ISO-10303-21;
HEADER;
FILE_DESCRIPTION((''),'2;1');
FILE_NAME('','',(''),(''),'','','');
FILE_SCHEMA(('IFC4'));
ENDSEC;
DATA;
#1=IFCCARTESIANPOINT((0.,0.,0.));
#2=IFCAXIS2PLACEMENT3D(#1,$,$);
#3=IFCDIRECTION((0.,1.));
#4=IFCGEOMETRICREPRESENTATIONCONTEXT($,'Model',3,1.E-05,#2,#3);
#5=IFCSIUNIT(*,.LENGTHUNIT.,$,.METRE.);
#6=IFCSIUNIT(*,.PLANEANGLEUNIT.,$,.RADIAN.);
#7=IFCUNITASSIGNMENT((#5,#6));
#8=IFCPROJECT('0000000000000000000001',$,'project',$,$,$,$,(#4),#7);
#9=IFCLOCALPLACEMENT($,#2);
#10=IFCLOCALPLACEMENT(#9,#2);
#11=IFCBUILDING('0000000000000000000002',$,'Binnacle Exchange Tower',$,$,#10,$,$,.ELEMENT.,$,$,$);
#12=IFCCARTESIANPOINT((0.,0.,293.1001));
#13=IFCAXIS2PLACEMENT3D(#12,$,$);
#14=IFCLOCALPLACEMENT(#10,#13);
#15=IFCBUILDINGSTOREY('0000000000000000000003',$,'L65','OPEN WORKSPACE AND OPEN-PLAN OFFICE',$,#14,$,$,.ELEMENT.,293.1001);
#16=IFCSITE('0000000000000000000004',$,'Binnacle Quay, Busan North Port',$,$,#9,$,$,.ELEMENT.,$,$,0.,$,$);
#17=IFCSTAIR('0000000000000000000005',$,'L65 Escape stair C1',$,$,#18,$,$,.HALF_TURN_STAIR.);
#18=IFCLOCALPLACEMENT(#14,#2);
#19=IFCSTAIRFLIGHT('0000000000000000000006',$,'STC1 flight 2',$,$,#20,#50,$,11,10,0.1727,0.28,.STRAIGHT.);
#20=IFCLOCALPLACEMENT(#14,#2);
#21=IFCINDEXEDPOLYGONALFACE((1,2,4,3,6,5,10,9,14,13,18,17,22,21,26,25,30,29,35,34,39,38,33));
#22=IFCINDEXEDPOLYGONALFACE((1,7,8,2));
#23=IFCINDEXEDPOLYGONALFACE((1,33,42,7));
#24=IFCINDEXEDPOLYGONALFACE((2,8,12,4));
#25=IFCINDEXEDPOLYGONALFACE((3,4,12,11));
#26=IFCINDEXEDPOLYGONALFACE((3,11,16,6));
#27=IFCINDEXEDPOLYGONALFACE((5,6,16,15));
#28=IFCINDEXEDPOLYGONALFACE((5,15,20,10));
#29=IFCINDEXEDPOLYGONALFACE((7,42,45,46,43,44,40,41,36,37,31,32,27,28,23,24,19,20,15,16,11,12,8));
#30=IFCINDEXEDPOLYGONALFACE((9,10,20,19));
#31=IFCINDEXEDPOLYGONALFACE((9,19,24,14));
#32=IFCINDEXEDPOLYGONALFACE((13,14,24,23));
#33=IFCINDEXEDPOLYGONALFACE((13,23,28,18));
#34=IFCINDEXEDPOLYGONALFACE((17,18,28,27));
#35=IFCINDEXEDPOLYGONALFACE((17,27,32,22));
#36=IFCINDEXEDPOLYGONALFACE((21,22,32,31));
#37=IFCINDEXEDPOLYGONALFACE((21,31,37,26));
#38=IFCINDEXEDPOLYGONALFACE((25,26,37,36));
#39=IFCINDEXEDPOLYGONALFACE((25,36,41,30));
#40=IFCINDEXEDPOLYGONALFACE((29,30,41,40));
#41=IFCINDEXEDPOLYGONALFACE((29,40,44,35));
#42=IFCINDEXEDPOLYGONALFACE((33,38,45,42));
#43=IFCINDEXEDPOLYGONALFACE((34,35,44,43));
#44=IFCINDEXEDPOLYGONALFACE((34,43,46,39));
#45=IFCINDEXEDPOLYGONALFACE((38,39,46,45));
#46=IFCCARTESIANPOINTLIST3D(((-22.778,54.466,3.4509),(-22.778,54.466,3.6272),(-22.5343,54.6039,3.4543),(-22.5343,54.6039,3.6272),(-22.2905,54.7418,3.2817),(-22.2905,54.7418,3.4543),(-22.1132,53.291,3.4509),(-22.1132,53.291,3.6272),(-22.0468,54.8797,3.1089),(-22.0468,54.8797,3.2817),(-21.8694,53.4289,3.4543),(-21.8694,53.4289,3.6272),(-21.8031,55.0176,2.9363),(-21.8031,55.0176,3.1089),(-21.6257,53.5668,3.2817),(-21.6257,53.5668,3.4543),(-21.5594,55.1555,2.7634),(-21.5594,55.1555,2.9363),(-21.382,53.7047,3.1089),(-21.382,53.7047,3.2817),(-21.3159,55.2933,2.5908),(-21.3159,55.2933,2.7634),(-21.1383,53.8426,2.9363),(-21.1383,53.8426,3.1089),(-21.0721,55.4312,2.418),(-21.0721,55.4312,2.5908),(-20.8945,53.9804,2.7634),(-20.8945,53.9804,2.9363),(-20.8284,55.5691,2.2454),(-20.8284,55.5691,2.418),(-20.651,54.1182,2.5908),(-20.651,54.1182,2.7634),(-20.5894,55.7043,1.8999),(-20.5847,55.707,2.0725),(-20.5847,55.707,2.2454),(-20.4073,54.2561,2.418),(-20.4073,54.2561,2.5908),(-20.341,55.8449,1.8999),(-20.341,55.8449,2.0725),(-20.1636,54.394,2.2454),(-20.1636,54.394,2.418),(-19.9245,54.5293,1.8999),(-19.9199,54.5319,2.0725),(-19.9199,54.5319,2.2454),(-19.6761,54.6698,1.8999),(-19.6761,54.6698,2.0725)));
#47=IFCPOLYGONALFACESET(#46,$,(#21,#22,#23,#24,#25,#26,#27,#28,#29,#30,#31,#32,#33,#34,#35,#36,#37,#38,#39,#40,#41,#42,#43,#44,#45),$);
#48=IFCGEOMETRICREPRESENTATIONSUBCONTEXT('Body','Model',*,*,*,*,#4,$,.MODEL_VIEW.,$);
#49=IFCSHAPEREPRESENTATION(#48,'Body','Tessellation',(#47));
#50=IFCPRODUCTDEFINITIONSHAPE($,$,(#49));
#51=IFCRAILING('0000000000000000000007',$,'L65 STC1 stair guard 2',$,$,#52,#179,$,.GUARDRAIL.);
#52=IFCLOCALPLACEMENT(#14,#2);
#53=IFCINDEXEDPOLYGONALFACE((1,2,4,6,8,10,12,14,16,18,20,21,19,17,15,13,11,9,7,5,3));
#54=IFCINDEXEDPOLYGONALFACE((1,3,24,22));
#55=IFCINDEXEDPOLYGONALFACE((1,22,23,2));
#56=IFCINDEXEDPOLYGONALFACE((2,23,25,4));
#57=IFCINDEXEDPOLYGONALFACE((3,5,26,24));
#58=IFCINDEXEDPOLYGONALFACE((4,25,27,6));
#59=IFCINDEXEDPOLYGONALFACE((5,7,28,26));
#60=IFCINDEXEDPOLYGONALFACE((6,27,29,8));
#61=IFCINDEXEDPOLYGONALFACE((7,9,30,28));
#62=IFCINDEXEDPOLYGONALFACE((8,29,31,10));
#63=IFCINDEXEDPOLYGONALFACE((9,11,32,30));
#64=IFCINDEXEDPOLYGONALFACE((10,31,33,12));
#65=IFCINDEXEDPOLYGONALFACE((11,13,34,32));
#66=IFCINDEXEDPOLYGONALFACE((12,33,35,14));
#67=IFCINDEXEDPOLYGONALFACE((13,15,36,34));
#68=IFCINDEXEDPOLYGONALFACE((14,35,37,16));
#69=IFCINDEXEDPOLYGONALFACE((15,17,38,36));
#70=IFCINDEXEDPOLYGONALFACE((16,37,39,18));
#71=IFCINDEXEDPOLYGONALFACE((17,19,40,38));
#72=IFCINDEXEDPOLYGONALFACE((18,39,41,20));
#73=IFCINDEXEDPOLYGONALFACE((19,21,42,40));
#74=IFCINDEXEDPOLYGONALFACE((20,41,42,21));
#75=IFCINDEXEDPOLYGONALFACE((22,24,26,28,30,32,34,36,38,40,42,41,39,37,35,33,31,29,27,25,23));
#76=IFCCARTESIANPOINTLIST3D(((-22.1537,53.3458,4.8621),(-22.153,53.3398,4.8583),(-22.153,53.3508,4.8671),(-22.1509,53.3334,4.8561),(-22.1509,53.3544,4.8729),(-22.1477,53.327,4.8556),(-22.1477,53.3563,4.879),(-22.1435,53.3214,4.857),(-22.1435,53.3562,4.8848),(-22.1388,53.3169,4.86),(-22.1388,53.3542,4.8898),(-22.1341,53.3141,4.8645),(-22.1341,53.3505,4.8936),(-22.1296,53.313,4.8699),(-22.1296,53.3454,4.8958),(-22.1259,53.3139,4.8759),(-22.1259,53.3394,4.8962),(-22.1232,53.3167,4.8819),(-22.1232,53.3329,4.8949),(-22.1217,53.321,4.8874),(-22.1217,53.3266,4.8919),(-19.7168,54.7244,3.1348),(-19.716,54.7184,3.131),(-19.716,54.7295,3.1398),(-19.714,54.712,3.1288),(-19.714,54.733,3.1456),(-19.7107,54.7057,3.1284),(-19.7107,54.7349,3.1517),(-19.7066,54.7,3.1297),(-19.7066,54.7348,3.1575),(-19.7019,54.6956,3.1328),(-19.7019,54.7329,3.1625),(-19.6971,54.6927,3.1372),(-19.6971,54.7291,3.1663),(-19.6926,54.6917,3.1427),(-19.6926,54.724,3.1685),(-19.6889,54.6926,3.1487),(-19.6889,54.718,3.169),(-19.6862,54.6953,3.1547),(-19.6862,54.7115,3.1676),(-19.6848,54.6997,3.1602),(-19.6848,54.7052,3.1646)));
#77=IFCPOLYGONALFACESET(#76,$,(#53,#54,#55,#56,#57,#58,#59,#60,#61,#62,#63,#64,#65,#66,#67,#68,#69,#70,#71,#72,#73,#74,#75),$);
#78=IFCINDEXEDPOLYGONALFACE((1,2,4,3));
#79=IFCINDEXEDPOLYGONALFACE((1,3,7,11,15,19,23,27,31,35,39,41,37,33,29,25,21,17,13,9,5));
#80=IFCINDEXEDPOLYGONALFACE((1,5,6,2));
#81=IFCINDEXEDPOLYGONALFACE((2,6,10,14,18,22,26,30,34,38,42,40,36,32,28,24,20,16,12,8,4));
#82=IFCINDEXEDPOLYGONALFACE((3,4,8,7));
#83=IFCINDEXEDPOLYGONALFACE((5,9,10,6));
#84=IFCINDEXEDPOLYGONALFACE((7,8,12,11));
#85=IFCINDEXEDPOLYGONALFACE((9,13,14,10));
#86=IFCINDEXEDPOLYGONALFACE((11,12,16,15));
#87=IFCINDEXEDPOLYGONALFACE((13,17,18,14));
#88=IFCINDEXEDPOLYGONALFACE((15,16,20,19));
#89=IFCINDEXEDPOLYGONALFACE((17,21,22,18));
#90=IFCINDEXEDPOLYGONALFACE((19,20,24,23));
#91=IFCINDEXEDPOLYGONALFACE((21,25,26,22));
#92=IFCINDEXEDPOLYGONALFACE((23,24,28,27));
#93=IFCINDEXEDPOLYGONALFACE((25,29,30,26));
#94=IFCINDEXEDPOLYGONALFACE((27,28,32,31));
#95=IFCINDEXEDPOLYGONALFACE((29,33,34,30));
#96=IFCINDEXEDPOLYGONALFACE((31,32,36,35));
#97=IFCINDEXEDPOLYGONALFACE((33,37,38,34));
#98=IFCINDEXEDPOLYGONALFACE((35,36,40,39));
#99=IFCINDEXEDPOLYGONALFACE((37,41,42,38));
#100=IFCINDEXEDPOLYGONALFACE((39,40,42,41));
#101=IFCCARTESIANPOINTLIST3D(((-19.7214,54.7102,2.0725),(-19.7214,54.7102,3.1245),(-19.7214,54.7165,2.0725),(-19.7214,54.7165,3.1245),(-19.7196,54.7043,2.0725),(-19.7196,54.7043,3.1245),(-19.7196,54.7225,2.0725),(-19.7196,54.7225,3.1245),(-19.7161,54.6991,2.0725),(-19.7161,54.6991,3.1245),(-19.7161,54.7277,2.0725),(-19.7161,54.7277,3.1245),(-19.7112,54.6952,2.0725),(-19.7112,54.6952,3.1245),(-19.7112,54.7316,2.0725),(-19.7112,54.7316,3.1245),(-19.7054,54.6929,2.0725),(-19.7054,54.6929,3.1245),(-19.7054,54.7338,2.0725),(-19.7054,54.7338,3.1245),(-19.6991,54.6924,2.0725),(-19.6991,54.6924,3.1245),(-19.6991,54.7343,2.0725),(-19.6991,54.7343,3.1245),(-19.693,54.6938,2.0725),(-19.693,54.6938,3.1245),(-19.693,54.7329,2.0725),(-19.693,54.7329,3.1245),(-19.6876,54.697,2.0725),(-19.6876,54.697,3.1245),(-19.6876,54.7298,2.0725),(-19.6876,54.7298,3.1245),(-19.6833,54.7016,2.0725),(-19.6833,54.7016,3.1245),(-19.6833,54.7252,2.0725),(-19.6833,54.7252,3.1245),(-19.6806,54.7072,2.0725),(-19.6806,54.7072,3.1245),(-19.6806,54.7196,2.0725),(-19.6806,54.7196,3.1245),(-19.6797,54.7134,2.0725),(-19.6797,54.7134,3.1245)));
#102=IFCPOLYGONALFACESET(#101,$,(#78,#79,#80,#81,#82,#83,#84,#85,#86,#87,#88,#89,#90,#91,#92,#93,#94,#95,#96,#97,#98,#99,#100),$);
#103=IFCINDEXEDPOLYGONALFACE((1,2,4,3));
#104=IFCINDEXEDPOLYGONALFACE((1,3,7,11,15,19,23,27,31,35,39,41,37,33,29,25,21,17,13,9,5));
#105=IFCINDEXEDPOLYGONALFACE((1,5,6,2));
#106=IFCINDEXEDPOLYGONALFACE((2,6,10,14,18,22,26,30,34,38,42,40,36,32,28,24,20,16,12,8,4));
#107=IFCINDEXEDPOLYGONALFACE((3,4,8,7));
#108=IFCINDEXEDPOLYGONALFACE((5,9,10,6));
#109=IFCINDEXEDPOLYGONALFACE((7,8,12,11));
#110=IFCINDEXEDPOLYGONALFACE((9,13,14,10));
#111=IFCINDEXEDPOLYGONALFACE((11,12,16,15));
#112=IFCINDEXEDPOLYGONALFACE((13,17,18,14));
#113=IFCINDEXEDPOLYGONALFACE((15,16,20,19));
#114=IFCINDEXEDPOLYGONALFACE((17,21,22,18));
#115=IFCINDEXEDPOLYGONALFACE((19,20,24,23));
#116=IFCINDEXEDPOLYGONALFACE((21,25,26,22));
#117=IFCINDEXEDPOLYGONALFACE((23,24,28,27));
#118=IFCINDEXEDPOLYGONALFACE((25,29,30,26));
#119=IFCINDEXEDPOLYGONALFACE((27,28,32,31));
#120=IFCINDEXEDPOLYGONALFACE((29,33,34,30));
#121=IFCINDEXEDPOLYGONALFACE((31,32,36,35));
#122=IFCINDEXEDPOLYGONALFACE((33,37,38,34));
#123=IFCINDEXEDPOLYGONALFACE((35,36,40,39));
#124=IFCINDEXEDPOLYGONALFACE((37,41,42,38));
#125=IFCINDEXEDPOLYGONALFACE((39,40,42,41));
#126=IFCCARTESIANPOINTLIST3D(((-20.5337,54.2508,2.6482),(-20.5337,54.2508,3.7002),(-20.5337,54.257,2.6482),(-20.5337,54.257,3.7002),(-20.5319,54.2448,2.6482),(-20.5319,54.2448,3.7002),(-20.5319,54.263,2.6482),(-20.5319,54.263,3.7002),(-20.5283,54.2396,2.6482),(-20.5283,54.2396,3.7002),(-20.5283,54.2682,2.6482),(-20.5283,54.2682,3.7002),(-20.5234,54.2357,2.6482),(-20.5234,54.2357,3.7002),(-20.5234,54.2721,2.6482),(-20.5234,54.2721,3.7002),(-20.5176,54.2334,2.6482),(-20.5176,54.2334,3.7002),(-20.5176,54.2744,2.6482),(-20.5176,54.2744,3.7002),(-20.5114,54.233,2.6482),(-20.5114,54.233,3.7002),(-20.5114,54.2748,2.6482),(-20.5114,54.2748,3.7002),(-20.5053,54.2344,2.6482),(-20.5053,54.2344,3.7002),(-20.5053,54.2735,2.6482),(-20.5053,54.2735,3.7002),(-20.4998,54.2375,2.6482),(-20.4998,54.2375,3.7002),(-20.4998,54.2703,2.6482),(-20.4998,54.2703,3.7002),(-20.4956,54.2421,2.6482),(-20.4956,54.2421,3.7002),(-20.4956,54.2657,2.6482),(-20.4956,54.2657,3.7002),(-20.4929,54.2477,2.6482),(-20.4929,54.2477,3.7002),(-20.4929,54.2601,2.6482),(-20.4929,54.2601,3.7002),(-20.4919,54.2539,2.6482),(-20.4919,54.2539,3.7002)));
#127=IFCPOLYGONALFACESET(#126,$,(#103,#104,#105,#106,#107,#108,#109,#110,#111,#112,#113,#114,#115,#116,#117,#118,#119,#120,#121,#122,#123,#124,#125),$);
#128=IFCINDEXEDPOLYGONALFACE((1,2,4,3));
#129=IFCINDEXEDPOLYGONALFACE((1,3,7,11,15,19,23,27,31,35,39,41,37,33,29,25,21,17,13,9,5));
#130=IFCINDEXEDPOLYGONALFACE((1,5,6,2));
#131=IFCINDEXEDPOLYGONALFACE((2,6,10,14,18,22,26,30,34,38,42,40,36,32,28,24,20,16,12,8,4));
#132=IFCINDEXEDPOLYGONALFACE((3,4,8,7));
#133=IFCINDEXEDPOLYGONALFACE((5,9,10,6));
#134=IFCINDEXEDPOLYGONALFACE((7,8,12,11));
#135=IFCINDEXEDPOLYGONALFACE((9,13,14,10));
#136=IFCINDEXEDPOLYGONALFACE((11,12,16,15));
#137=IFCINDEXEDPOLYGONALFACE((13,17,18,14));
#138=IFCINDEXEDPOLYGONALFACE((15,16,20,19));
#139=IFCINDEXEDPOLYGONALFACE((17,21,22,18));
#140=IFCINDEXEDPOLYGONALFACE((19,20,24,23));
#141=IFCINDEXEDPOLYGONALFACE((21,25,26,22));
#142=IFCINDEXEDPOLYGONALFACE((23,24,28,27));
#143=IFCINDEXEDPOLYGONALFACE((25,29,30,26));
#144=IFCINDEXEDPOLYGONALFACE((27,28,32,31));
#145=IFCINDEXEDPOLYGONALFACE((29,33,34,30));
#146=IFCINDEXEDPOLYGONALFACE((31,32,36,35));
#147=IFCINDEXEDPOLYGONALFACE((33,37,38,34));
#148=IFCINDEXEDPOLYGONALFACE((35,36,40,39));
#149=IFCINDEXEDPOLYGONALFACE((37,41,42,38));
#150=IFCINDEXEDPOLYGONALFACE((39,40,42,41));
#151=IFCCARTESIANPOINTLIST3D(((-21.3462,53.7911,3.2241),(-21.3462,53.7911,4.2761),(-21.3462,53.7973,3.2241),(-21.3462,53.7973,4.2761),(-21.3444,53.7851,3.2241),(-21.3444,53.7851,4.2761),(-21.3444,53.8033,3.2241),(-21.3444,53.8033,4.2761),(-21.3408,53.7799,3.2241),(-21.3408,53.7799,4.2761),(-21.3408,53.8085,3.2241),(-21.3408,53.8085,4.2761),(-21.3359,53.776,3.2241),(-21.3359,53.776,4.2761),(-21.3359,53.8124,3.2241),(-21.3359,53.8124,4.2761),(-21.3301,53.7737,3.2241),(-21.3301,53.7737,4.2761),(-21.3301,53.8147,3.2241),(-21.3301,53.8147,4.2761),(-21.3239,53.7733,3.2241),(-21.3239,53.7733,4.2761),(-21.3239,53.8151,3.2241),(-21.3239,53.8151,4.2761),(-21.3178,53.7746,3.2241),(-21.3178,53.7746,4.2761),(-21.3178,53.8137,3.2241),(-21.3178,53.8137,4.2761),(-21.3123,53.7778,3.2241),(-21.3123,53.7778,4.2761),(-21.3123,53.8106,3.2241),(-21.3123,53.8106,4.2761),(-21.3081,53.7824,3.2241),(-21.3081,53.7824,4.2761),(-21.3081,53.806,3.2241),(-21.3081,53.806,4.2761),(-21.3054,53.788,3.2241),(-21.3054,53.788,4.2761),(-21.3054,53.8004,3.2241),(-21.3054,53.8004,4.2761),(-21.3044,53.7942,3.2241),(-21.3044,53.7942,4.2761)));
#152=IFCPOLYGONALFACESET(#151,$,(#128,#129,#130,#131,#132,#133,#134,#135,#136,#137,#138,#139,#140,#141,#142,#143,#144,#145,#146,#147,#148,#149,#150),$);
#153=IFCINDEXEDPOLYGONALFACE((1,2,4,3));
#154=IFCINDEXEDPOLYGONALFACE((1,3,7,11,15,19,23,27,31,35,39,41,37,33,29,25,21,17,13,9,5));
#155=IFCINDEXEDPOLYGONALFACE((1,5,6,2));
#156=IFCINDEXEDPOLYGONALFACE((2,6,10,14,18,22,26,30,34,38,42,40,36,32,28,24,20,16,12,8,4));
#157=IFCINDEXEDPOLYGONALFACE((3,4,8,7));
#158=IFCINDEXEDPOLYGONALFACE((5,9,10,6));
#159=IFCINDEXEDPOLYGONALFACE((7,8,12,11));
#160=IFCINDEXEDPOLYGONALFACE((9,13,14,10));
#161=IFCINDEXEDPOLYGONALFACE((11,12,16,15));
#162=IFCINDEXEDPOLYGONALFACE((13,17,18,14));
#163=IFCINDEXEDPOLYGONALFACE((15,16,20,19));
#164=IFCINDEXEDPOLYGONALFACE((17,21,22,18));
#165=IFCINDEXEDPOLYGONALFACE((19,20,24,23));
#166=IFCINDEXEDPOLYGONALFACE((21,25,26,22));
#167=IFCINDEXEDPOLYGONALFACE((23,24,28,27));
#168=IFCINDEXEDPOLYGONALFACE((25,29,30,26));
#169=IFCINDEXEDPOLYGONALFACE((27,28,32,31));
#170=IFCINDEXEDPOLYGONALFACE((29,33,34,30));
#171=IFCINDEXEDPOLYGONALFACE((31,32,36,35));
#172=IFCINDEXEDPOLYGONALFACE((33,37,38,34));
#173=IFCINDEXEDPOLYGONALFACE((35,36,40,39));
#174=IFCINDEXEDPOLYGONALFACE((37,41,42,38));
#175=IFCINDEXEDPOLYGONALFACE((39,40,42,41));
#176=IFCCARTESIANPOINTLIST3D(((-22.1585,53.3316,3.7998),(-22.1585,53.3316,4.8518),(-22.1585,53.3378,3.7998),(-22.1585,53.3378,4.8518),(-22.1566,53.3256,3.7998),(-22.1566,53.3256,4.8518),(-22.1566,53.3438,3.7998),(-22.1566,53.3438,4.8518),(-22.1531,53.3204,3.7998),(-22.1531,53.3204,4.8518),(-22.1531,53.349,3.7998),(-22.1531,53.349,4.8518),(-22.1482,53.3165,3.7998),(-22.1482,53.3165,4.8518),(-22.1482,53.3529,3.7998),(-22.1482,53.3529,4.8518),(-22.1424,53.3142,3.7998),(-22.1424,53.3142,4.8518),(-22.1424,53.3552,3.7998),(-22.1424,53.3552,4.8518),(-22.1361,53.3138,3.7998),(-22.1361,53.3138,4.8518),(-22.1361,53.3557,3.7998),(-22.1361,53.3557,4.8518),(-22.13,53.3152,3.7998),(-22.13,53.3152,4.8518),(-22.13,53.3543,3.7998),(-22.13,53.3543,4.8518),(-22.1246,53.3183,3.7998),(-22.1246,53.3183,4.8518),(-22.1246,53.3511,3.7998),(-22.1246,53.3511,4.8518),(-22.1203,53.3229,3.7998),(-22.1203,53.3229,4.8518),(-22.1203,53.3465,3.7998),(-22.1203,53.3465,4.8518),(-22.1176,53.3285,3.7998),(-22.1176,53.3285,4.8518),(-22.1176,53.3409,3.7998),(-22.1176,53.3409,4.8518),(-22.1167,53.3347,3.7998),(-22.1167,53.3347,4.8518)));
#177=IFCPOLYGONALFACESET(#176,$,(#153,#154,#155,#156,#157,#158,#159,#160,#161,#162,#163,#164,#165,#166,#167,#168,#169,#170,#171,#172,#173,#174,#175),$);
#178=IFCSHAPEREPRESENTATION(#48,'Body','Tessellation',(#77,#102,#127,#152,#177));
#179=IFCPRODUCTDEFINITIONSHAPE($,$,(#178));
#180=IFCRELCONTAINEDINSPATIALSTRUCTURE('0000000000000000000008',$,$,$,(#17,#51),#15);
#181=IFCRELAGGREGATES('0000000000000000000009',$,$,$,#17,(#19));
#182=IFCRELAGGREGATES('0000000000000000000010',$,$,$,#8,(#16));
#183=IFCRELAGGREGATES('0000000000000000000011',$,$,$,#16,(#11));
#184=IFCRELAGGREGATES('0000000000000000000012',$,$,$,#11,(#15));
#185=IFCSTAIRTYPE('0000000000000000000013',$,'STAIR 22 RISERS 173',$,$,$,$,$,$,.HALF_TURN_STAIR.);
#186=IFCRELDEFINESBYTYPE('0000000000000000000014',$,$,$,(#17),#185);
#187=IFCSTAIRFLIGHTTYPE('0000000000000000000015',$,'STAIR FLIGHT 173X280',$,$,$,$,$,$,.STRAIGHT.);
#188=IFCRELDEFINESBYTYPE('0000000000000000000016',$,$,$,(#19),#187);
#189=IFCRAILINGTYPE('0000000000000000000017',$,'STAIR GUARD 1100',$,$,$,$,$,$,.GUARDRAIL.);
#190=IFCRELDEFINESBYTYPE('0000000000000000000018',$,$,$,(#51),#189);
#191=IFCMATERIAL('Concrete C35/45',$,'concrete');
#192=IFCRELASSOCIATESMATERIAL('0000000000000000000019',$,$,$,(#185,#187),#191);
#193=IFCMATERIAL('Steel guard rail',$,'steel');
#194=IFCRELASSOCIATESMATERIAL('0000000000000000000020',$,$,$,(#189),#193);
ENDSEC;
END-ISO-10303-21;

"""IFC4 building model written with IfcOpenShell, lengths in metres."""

from ifc_helpers import new_model, si_unit, direction, frame, origin, origin_2d, place, context, subcontext, project, spatial, polyline, circle, outline, extrude, material, type_object, element, aggregate, save


model = new_model("IFC4")

# Units and contexts
model_context = context("Model", 3, precision=1e-05, world=origin(), true_north=direction((0.0, 1.0)))
body_context = subcontext(model_context, "Body", "Model", "MODEL_VIEW")
ifc_project = project(units=[si_unit("LENGTHUNIT", "METRE"), si_unit("PLANEANGLEUNIT", "RADIAN")], contexts=[model_context])

# Site, building, storey
site_placement = place(None, origin())
site = spatial("IfcSite", under=ifc_project, at=site_placement, Name="Binnacle Quay, Busan North Port", CompositionType="ELEMENT", RefElevation=0.0)
building_placement = place(site_placement, origin())
building = spatial("IfcBuilding", under=site, at=building_placement, Name="Binnacle Exchange Tower", CompositionType="ELEMENT")
storey_placement = place(building_placement, frame((0.0, 0.0, 293.1001)))
storey = spatial("IfcBuildingStorey", under=building, at=storey_placement, Name="L65", Description="OPEN WORKSPACE AND OPEN-PLAN OFFICE", CompositionType="ELEMENT", Elevation=293.1001)

# Stair, stair flight
ifc_material_1 = material(Name="Concrete C35/45", Category="concrete")
stair_type = type_object("IfcStairType", Name="STAIR 22 RISERS 173", PredefinedType="HALF_TURN_STAIR", material=ifc_material_1)
stair_placement = place(storey_placement, origin())
stair = element("IfcStair", 1, at=stair_placement, inside=storey, type_object=stair_type, Name="L65 Escape stair C1", PredefinedType="HALF_TURN_STAIR")
stair_flight_type = type_object("IfcStairFlightType", Name="STAIR FLIGHT 173X280", PredefinedType="STRAIGHT", material=ifc_material_1)
stair_flight_placement = place(storey_placement, frame((-20.0085, 55.2573, 1.8999), z_axis=(0.0, 0.0, 1.0), x_axis=(-0.870356, -0.492424, 0.0)))
stair_flight = element("IfcStairFlight", 2, at=stair_flight_placement, type_object=stair_flight_type, Name="STC1 flight 2", NumberOfRisers=11, NumberOfTreads=10, PredefinedType="STRAIGHT", RiserHeight=0.1727, TreadLength=0.28, context=body_context, shape_type="SweptSolid", body=[
    extrude(outline(polyline([(0.0, 0.0), (0.0, 0.1726), (0.28, 0.1726), (0.28, 0.3455), (0.5601, 0.3455), (0.5601, 0.5181), (0.8401, 0.5181), (0.8401, 0.6909), (1.1201, 0.6909), (1.1201, 0.8635), (1.3999, 0.8635), (1.3999, 1.0364), (1.6799, 1.0364), (1.6799, 1.209), (1.96, 1.209), (1.96, 1.3818), (2.24, 1.3818), (2.24, 1.5544), (2.52, 1.5544), (2.52, 1.7273), (2.8, 1.7273), (2.8, 1.8999), (2.8, 1.551), (0.2854, 0.0), (0.0, 0.0)])), frame((0.0, 0.675, 0.0), z_axis=(0.0, -1.0, 0.0), x_axis=(1.0, 0.0, 0.0)), (0.0, 0.0, 1.0), 1.3501),
])
aggregate(stair, [stair_flight])

# Railing
ifc_material_2 = material(Name="Steel guard rail", Category="steel")
railing_type = type_object("IfcRailingType", Name="STAIR GUARD 1100", PredefinedType="GUARDRAIL", material=ifc_material_2)
railing_placement = place(storey_placement, frame((-19.7007, 54.7134, 2.0725)))
element("IfcRailing", 3, at=railing_placement, inside=storey, type_object=railing_type, Name="L65 STC1 stair guard 2", PredefinedType="GUARDRAIL", context=body_context, shape_type="SweptSolid", body=[
    extrude(circle(Radius=0.0239, at=origin_2d()), frame((0.0, 0.0, 1.0762), z_axis=(-0.740761, -0.419062, 0.525033), x_axis=(0.492388, -0.870376, 0.0)), (0.0, 0.0, 1.0), 3.2898),
    extrude(circle(Radius=0.021, at=origin_2d()), origin(), (0.0, 0.0, 1.0), 1.052),
    extrude(circle(Radius=0.021, at=origin_2d()), frame((-0.8123, -0.4595, 0.5757)), (0.0, 0.0, 1.0), 1.052),
    extrude(circle(Radius=0.021, at=origin_2d()), frame((-1.6248, -0.9192, 1.1516)), (0.0, 0.0, 1.0), 1.052),
    extrude(circle(Radius=0.021, at=origin_2d()), frame((-2.437, -1.3787, 1.7273)), (0.0, 0.0, 1.0), 1.052),
])

save(model, "model.ifc")
